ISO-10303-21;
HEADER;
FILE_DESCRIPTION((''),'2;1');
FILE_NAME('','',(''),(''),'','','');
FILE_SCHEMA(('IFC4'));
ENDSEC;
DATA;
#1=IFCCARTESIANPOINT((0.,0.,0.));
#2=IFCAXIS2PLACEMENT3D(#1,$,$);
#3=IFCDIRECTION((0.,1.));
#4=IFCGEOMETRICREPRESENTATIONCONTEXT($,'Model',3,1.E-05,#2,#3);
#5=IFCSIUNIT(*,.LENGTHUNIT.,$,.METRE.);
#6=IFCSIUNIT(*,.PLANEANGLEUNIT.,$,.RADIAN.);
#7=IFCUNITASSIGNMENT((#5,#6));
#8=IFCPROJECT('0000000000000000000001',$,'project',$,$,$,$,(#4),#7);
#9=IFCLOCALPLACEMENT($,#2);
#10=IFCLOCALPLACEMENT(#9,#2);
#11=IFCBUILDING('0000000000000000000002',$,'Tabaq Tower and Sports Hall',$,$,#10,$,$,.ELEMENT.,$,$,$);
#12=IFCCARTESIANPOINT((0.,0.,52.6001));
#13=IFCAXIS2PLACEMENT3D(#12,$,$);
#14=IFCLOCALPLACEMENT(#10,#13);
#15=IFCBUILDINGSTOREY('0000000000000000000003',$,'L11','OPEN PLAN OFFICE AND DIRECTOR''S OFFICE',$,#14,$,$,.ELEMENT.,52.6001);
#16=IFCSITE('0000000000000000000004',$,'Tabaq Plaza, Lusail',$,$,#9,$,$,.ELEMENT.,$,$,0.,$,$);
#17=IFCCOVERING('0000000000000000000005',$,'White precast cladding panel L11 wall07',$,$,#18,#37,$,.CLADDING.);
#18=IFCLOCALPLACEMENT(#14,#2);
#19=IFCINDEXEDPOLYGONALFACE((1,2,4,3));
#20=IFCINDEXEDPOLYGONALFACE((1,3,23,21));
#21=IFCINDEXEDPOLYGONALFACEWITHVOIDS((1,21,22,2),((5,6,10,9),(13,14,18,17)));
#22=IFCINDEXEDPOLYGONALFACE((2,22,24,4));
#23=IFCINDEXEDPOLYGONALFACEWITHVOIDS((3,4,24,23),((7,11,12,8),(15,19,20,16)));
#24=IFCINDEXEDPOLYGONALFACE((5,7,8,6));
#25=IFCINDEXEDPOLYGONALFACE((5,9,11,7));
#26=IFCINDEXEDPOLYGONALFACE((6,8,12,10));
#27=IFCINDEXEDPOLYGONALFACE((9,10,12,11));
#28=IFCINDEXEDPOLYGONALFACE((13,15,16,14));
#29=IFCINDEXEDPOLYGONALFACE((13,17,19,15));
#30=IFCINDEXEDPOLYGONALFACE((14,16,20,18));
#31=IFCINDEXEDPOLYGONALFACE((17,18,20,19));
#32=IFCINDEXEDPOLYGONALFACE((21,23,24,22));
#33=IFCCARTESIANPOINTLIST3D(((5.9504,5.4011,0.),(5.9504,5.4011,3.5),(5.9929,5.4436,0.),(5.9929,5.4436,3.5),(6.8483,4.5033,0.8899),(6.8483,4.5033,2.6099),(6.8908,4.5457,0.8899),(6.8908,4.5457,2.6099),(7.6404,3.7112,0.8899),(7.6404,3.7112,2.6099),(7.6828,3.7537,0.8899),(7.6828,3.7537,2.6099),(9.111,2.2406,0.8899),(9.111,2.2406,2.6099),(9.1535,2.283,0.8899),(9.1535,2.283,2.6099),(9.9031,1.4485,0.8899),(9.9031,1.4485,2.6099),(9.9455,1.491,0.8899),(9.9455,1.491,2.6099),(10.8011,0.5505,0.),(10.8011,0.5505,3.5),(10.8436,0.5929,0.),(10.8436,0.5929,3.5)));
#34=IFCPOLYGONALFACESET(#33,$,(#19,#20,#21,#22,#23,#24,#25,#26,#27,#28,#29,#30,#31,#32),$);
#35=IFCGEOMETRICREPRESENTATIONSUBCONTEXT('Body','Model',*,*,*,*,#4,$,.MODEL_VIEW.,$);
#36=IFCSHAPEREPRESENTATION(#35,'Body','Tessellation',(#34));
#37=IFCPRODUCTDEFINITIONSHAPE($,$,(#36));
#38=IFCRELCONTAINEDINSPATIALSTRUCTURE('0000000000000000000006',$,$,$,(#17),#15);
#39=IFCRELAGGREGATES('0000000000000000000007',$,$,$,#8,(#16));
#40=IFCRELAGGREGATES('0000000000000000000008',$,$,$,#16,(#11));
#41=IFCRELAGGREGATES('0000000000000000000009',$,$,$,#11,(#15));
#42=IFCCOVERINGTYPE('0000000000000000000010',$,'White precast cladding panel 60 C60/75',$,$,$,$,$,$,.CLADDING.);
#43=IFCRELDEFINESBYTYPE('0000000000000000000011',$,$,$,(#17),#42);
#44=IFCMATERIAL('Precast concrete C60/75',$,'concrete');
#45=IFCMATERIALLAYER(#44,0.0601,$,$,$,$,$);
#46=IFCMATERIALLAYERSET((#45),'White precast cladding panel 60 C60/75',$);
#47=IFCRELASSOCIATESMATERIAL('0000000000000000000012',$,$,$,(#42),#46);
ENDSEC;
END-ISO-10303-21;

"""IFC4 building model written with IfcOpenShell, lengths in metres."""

from ifc_helpers import new_model, si_unit, direction, frame, origin, place, context, subcontext, project, spatial, polyline, outline, extrude, material, layer, layer_set, type_object, element, save


model = new_model("IFC4")

# Units and contexts
model_context = context("Model", 3, precision=1e-05, world=origin(), true_north=direction((0.0, 1.0)))
body_context = subcontext(model_context, "Body", "Model", "MODEL_VIEW")
ifc_project = project(units=[si_unit("LENGTHUNIT", "METRE"), si_unit("PLANEANGLEUNIT", "RADIAN")], contexts=[model_context])

# Site, building, storey
site_placement = place(None, origin())
site = spatial("IfcSite", under=ifc_project, at=site_placement, Name="Tabaq Plaza, Lusail", CompositionType="ELEMENT", RefElevation=0.0)
building_placement = place(site_placement, origin())
building = spatial("IfcBuilding", under=site, at=building_placement, Name="Tabaq Tower and Sports Hall", CompositionType="ELEMENT")
storey_placement = place(building_placement, frame((0.0, 0.0, 52.6001)))
storey = spatial("IfcBuildingStorey", under=building, at=storey_placement, Name="L11", Description="OPEN PLAN OFFICE AND DIRECTOR'S OFFICE", CompositionType="ELEMENT", Elevation=52.6001)

# Covering
ifc_material_1 = material(Name="Precast concrete C60/75", Category="concrete")
ifc_layer_1 = layer(ifc_material_1, 0.0601)
ifc_layer_set_1 = layer_set([ifc_layer_1], Name="White precast cladding panel 60 C60/75")
covering_type_1 = type_object("IfcCoveringType", Name="White precast cladding panel 60 C60/75", PredefinedType="CLADDING", material=ifc_layer_set_1)
covering_1_placement = place(storey_placement, frame((5.9717, 5.4224, 0.0), z_axis=(0.0, 0.0, 1.0), x_axis=(0.707107, -0.707107, 0.0)))
element("IfcCovering", 1, at=covering_1_placement, inside=storey, type_object=covering_type_1, Name="White precast cladding panel L11 wall07", PredefinedType="CLADDING", context=body_context, shape_type="SweptSolid", body=[
    extrude(outline(polyline([(0.0, 0.0), (6.8599, 0.0), (6.8599, 3.5), (0.0, 3.5), (0.0, 0.0)]), holes=[polyline([(1.2698, 2.6099), (2.3899, 2.6099), (2.3899, 0.8899), (1.2698, 0.8899), (1.2698, 2.6099)]), polyline([(4.4697, 2.6099), (5.5898, 2.6099), (5.5898, 0.8899), (4.4697, 0.8899), (4.4697, 2.6099)])]), frame((0.0, 0.03, 0.0), z_axis=(0.0, -1.0, 0.0), x_axis=(1.0, 0.0, 0.0)), (0.0, 0.0, 1.0), 0.0601),
])

save(model, "model.ifc")
